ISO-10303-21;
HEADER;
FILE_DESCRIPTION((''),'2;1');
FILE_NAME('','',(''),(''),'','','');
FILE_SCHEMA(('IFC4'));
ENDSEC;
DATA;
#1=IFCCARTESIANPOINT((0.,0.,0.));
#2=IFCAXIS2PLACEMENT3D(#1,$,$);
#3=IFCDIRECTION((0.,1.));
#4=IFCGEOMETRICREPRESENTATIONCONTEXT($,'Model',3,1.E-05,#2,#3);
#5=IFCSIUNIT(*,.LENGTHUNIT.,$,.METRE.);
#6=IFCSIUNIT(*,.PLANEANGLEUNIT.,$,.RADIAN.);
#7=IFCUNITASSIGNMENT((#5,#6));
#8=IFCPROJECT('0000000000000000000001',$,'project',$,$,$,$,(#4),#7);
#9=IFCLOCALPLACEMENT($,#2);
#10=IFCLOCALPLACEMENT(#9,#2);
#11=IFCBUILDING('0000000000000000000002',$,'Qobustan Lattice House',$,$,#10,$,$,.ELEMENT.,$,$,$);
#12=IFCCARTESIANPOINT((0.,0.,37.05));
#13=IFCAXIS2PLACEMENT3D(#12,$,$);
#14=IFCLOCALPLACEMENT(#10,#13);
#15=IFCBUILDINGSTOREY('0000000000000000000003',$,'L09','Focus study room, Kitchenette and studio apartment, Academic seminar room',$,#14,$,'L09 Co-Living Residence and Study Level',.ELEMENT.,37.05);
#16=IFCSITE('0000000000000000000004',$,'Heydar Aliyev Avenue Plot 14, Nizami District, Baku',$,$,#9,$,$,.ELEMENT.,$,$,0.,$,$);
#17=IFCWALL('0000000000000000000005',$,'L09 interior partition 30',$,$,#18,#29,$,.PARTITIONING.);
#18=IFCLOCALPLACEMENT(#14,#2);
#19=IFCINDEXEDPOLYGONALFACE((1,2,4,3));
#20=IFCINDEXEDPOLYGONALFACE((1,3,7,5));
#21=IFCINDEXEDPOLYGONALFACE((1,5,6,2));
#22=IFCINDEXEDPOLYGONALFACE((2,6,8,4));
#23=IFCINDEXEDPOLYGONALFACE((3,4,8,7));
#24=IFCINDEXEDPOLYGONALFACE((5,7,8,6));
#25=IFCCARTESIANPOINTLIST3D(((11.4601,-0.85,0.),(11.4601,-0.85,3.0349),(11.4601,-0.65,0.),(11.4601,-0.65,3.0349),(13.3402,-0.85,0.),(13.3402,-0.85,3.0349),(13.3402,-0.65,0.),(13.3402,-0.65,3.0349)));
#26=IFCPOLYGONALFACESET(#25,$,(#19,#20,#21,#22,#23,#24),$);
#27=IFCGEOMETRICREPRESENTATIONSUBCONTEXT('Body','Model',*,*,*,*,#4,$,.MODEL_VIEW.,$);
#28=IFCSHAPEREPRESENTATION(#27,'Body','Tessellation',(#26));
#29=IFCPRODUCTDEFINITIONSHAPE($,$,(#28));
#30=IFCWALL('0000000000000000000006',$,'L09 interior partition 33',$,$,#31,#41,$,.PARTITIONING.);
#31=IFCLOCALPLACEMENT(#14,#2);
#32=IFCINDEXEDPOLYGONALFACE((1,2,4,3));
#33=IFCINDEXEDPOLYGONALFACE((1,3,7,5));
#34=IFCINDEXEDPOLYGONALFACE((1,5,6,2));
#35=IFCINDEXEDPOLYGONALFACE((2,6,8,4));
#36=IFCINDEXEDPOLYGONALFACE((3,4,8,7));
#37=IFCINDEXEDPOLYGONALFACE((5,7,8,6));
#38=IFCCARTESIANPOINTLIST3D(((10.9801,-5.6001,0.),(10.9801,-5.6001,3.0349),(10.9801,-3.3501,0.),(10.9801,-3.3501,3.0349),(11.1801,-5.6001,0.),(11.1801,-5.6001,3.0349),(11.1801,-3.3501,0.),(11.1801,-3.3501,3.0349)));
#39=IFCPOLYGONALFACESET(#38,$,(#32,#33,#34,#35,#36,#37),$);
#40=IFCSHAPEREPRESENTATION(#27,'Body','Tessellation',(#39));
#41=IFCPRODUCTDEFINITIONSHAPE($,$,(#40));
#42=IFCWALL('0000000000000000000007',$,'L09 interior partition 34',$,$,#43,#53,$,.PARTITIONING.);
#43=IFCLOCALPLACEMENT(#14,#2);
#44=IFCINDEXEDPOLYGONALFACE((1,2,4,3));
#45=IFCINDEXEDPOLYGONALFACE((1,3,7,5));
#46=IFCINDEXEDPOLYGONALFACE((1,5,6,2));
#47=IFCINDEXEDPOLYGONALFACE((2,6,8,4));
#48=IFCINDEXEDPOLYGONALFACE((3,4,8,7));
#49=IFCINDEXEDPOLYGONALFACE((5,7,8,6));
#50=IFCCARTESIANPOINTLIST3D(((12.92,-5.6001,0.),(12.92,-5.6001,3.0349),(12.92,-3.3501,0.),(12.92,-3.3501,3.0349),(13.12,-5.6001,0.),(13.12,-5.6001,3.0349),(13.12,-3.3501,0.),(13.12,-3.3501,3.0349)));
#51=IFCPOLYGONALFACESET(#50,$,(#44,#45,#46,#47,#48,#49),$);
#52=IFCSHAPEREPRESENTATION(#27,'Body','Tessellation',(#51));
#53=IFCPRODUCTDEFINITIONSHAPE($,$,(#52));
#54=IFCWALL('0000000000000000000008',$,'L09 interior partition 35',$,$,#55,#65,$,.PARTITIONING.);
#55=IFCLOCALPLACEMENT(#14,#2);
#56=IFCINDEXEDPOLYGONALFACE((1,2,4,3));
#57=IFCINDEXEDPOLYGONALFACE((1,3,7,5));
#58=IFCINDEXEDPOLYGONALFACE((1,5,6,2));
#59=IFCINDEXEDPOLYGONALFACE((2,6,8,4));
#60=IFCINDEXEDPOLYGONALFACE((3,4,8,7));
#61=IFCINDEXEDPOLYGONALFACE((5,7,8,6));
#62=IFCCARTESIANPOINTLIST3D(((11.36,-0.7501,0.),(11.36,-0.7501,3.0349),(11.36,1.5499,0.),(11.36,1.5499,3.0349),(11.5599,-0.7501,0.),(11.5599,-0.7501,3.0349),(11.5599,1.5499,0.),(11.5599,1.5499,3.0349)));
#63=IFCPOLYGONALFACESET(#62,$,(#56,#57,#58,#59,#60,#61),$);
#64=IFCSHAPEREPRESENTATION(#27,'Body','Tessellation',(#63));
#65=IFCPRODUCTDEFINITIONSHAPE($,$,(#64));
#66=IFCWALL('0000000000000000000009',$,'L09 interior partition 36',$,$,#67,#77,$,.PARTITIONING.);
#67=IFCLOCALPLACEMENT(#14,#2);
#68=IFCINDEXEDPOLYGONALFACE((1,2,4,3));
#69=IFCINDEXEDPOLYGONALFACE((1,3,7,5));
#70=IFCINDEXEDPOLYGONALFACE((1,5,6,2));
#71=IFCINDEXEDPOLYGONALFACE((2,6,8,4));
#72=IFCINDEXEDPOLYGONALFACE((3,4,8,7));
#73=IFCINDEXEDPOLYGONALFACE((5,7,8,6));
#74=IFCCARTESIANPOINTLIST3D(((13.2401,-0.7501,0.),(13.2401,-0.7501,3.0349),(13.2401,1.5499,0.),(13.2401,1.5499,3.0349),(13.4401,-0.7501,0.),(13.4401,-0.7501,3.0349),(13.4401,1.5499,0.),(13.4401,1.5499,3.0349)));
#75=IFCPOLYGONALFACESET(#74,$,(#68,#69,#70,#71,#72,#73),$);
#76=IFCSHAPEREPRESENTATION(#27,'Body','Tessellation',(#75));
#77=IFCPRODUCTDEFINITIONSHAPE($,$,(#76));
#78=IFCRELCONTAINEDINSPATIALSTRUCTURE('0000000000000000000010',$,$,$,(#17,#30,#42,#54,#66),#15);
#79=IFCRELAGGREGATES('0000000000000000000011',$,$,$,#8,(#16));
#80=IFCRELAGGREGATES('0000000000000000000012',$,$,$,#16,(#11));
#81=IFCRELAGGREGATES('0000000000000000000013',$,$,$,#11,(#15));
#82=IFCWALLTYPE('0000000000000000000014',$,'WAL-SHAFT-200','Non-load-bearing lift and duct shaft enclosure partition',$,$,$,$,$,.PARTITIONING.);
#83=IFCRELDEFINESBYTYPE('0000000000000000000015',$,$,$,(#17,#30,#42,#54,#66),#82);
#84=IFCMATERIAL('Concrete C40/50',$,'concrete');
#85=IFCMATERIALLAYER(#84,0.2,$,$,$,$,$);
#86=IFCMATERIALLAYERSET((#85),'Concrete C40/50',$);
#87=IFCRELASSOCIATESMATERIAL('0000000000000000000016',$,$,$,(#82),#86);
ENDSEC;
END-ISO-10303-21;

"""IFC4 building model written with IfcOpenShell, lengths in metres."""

from ifc_helpers import new_model, si_unit, direction, frame, frame_2d, origin, place, context, subcontext, project, spatial, rectangle, extrude, material, layer, layer_set, type_object, element, save


model = new_model("IFC4")

# Units and contexts
model_context = context("Model", 3, precision=1e-05, world=origin(), true_north=direction((0.0, 1.0)))
body_context = subcontext(model_context, "Body", "Model", "MODEL_VIEW")
ifc_project = project(units=[si_unit("LENGTHUNIT", "METRE"), si_unit("PLANEANGLEUNIT", "RADIAN")], contexts=[model_context])

# Site, building, storey
site_placement = place(None, origin())
site = spatial("IfcSite", under=ifc_project, at=site_placement, Name="Heydar Aliyev Avenue Plot 14, Nizami District, Baku", CompositionType="ELEMENT", RefElevation=0.0)
building_placement = place(site_placement, origin())
building = spatial("IfcBuilding", under=site, at=building_placement, Name="Qobustan Lattice House", CompositionType="ELEMENT")
storey_placement = place(building_placement, frame((0.0, 0.0, 37.05)))
storey = spatial("IfcBuildingStorey", under=building, at=storey_placement, Name="L09", Description="Focus study room, Kitchenette and studio apartment, Academic seminar room", LongName="L09 Co-Living Residence and Study Level", CompositionType="ELEMENT", Elevation=37.05)

# Walls
ifc_material_1 = material(Name="Concrete C40/50", Category="concrete")
ifc_layer_1 = layer(ifc_material_1, 0.2)
ifc_layer_set_1 = layer_set([ifc_layer_1], Name="Concrete C40/50")
wall_type_1 = type_object("IfcWallType", Name="WAL-SHAFT-200", Description="Non-load-bearing lift and duct shaft enclosure partition", PredefinedType="PARTITIONING", material=ifc_layer_set_1)
wall_1_placement = place(storey_placement, frame((13.3401, -0.75, 0.0), z_axis=(0.0, 0.0, 1.0), x_axis=(-1.0, 0.0, 0.0)))
element("IfcWall", 1, at=wall_1_placement, inside=storey, type_object=wall_type_1, Name="L09 interior partition 30", PredefinedType="PARTITIONING", context=body_context, shape_type="SweptSolid", body=[
    extrude(rectangle(XDim=1.8801, YDim=0.2, at=frame_2d((0.9399, 0.0))), origin(), (0.0, 0.0, 1.0), 3.0349),
])
for number, where, z_axis, x_axis, name in (
    (2, (11.0801, -5.6001, 0.0), (0.0, 0.0, 1.0), (0.0, 1.0, 0.0), "L09 interior partition 33"),
    (3, (13.02, -5.6001, 0.0), (0.0, 0.0, 1.0), (0.0, 1.0, 0.0), "L09 interior partition 34"),
):
    element("IfcWall", number, at=place(storey_placement, frame(where, z_axis=z_axis, x_axis=x_axis)), inside=storey, type_object=wall_type_1, Name=name, PredefinedType="PARTITIONING", context=body_context, shape_type="SweptSolid", body=[
        extrude(rectangle(XDim=2.25, YDim=0.2, at=frame_2d((1.125, 0.0))), origin(), (0.0, 0.0, 1.0), 3.0349),
    ])
for number, where, z_axis, x_axis, name in (
    (4, (11.46, -0.75, 0.0), (0.0, 0.0, 1.0), (0.0, 1.0, 0.0), "L09 interior partition 35"),
    (5, (13.3401, -0.75, 0.0), (0.0, 0.0, 1.0), (0.0, 1.0, 0.0), "L09 interior partition 36"),
):
    element("IfcWall", number, at=place(storey_placement, frame(where, z_axis=z_axis, x_axis=x_axis)), inside=storey, type_object=wall_type_1, Name=name, PredefinedType="PARTITIONING", context=body_context, shape_type="SweptSolid", body=[
        extrude(rectangle(XDim=2.3, YDim=0.2, at=frame_2d((1.1499, 0.0))), origin(), (0.0, 0.0, 1.0), 3.0349),
    ])

save(model, "model.ifc")
